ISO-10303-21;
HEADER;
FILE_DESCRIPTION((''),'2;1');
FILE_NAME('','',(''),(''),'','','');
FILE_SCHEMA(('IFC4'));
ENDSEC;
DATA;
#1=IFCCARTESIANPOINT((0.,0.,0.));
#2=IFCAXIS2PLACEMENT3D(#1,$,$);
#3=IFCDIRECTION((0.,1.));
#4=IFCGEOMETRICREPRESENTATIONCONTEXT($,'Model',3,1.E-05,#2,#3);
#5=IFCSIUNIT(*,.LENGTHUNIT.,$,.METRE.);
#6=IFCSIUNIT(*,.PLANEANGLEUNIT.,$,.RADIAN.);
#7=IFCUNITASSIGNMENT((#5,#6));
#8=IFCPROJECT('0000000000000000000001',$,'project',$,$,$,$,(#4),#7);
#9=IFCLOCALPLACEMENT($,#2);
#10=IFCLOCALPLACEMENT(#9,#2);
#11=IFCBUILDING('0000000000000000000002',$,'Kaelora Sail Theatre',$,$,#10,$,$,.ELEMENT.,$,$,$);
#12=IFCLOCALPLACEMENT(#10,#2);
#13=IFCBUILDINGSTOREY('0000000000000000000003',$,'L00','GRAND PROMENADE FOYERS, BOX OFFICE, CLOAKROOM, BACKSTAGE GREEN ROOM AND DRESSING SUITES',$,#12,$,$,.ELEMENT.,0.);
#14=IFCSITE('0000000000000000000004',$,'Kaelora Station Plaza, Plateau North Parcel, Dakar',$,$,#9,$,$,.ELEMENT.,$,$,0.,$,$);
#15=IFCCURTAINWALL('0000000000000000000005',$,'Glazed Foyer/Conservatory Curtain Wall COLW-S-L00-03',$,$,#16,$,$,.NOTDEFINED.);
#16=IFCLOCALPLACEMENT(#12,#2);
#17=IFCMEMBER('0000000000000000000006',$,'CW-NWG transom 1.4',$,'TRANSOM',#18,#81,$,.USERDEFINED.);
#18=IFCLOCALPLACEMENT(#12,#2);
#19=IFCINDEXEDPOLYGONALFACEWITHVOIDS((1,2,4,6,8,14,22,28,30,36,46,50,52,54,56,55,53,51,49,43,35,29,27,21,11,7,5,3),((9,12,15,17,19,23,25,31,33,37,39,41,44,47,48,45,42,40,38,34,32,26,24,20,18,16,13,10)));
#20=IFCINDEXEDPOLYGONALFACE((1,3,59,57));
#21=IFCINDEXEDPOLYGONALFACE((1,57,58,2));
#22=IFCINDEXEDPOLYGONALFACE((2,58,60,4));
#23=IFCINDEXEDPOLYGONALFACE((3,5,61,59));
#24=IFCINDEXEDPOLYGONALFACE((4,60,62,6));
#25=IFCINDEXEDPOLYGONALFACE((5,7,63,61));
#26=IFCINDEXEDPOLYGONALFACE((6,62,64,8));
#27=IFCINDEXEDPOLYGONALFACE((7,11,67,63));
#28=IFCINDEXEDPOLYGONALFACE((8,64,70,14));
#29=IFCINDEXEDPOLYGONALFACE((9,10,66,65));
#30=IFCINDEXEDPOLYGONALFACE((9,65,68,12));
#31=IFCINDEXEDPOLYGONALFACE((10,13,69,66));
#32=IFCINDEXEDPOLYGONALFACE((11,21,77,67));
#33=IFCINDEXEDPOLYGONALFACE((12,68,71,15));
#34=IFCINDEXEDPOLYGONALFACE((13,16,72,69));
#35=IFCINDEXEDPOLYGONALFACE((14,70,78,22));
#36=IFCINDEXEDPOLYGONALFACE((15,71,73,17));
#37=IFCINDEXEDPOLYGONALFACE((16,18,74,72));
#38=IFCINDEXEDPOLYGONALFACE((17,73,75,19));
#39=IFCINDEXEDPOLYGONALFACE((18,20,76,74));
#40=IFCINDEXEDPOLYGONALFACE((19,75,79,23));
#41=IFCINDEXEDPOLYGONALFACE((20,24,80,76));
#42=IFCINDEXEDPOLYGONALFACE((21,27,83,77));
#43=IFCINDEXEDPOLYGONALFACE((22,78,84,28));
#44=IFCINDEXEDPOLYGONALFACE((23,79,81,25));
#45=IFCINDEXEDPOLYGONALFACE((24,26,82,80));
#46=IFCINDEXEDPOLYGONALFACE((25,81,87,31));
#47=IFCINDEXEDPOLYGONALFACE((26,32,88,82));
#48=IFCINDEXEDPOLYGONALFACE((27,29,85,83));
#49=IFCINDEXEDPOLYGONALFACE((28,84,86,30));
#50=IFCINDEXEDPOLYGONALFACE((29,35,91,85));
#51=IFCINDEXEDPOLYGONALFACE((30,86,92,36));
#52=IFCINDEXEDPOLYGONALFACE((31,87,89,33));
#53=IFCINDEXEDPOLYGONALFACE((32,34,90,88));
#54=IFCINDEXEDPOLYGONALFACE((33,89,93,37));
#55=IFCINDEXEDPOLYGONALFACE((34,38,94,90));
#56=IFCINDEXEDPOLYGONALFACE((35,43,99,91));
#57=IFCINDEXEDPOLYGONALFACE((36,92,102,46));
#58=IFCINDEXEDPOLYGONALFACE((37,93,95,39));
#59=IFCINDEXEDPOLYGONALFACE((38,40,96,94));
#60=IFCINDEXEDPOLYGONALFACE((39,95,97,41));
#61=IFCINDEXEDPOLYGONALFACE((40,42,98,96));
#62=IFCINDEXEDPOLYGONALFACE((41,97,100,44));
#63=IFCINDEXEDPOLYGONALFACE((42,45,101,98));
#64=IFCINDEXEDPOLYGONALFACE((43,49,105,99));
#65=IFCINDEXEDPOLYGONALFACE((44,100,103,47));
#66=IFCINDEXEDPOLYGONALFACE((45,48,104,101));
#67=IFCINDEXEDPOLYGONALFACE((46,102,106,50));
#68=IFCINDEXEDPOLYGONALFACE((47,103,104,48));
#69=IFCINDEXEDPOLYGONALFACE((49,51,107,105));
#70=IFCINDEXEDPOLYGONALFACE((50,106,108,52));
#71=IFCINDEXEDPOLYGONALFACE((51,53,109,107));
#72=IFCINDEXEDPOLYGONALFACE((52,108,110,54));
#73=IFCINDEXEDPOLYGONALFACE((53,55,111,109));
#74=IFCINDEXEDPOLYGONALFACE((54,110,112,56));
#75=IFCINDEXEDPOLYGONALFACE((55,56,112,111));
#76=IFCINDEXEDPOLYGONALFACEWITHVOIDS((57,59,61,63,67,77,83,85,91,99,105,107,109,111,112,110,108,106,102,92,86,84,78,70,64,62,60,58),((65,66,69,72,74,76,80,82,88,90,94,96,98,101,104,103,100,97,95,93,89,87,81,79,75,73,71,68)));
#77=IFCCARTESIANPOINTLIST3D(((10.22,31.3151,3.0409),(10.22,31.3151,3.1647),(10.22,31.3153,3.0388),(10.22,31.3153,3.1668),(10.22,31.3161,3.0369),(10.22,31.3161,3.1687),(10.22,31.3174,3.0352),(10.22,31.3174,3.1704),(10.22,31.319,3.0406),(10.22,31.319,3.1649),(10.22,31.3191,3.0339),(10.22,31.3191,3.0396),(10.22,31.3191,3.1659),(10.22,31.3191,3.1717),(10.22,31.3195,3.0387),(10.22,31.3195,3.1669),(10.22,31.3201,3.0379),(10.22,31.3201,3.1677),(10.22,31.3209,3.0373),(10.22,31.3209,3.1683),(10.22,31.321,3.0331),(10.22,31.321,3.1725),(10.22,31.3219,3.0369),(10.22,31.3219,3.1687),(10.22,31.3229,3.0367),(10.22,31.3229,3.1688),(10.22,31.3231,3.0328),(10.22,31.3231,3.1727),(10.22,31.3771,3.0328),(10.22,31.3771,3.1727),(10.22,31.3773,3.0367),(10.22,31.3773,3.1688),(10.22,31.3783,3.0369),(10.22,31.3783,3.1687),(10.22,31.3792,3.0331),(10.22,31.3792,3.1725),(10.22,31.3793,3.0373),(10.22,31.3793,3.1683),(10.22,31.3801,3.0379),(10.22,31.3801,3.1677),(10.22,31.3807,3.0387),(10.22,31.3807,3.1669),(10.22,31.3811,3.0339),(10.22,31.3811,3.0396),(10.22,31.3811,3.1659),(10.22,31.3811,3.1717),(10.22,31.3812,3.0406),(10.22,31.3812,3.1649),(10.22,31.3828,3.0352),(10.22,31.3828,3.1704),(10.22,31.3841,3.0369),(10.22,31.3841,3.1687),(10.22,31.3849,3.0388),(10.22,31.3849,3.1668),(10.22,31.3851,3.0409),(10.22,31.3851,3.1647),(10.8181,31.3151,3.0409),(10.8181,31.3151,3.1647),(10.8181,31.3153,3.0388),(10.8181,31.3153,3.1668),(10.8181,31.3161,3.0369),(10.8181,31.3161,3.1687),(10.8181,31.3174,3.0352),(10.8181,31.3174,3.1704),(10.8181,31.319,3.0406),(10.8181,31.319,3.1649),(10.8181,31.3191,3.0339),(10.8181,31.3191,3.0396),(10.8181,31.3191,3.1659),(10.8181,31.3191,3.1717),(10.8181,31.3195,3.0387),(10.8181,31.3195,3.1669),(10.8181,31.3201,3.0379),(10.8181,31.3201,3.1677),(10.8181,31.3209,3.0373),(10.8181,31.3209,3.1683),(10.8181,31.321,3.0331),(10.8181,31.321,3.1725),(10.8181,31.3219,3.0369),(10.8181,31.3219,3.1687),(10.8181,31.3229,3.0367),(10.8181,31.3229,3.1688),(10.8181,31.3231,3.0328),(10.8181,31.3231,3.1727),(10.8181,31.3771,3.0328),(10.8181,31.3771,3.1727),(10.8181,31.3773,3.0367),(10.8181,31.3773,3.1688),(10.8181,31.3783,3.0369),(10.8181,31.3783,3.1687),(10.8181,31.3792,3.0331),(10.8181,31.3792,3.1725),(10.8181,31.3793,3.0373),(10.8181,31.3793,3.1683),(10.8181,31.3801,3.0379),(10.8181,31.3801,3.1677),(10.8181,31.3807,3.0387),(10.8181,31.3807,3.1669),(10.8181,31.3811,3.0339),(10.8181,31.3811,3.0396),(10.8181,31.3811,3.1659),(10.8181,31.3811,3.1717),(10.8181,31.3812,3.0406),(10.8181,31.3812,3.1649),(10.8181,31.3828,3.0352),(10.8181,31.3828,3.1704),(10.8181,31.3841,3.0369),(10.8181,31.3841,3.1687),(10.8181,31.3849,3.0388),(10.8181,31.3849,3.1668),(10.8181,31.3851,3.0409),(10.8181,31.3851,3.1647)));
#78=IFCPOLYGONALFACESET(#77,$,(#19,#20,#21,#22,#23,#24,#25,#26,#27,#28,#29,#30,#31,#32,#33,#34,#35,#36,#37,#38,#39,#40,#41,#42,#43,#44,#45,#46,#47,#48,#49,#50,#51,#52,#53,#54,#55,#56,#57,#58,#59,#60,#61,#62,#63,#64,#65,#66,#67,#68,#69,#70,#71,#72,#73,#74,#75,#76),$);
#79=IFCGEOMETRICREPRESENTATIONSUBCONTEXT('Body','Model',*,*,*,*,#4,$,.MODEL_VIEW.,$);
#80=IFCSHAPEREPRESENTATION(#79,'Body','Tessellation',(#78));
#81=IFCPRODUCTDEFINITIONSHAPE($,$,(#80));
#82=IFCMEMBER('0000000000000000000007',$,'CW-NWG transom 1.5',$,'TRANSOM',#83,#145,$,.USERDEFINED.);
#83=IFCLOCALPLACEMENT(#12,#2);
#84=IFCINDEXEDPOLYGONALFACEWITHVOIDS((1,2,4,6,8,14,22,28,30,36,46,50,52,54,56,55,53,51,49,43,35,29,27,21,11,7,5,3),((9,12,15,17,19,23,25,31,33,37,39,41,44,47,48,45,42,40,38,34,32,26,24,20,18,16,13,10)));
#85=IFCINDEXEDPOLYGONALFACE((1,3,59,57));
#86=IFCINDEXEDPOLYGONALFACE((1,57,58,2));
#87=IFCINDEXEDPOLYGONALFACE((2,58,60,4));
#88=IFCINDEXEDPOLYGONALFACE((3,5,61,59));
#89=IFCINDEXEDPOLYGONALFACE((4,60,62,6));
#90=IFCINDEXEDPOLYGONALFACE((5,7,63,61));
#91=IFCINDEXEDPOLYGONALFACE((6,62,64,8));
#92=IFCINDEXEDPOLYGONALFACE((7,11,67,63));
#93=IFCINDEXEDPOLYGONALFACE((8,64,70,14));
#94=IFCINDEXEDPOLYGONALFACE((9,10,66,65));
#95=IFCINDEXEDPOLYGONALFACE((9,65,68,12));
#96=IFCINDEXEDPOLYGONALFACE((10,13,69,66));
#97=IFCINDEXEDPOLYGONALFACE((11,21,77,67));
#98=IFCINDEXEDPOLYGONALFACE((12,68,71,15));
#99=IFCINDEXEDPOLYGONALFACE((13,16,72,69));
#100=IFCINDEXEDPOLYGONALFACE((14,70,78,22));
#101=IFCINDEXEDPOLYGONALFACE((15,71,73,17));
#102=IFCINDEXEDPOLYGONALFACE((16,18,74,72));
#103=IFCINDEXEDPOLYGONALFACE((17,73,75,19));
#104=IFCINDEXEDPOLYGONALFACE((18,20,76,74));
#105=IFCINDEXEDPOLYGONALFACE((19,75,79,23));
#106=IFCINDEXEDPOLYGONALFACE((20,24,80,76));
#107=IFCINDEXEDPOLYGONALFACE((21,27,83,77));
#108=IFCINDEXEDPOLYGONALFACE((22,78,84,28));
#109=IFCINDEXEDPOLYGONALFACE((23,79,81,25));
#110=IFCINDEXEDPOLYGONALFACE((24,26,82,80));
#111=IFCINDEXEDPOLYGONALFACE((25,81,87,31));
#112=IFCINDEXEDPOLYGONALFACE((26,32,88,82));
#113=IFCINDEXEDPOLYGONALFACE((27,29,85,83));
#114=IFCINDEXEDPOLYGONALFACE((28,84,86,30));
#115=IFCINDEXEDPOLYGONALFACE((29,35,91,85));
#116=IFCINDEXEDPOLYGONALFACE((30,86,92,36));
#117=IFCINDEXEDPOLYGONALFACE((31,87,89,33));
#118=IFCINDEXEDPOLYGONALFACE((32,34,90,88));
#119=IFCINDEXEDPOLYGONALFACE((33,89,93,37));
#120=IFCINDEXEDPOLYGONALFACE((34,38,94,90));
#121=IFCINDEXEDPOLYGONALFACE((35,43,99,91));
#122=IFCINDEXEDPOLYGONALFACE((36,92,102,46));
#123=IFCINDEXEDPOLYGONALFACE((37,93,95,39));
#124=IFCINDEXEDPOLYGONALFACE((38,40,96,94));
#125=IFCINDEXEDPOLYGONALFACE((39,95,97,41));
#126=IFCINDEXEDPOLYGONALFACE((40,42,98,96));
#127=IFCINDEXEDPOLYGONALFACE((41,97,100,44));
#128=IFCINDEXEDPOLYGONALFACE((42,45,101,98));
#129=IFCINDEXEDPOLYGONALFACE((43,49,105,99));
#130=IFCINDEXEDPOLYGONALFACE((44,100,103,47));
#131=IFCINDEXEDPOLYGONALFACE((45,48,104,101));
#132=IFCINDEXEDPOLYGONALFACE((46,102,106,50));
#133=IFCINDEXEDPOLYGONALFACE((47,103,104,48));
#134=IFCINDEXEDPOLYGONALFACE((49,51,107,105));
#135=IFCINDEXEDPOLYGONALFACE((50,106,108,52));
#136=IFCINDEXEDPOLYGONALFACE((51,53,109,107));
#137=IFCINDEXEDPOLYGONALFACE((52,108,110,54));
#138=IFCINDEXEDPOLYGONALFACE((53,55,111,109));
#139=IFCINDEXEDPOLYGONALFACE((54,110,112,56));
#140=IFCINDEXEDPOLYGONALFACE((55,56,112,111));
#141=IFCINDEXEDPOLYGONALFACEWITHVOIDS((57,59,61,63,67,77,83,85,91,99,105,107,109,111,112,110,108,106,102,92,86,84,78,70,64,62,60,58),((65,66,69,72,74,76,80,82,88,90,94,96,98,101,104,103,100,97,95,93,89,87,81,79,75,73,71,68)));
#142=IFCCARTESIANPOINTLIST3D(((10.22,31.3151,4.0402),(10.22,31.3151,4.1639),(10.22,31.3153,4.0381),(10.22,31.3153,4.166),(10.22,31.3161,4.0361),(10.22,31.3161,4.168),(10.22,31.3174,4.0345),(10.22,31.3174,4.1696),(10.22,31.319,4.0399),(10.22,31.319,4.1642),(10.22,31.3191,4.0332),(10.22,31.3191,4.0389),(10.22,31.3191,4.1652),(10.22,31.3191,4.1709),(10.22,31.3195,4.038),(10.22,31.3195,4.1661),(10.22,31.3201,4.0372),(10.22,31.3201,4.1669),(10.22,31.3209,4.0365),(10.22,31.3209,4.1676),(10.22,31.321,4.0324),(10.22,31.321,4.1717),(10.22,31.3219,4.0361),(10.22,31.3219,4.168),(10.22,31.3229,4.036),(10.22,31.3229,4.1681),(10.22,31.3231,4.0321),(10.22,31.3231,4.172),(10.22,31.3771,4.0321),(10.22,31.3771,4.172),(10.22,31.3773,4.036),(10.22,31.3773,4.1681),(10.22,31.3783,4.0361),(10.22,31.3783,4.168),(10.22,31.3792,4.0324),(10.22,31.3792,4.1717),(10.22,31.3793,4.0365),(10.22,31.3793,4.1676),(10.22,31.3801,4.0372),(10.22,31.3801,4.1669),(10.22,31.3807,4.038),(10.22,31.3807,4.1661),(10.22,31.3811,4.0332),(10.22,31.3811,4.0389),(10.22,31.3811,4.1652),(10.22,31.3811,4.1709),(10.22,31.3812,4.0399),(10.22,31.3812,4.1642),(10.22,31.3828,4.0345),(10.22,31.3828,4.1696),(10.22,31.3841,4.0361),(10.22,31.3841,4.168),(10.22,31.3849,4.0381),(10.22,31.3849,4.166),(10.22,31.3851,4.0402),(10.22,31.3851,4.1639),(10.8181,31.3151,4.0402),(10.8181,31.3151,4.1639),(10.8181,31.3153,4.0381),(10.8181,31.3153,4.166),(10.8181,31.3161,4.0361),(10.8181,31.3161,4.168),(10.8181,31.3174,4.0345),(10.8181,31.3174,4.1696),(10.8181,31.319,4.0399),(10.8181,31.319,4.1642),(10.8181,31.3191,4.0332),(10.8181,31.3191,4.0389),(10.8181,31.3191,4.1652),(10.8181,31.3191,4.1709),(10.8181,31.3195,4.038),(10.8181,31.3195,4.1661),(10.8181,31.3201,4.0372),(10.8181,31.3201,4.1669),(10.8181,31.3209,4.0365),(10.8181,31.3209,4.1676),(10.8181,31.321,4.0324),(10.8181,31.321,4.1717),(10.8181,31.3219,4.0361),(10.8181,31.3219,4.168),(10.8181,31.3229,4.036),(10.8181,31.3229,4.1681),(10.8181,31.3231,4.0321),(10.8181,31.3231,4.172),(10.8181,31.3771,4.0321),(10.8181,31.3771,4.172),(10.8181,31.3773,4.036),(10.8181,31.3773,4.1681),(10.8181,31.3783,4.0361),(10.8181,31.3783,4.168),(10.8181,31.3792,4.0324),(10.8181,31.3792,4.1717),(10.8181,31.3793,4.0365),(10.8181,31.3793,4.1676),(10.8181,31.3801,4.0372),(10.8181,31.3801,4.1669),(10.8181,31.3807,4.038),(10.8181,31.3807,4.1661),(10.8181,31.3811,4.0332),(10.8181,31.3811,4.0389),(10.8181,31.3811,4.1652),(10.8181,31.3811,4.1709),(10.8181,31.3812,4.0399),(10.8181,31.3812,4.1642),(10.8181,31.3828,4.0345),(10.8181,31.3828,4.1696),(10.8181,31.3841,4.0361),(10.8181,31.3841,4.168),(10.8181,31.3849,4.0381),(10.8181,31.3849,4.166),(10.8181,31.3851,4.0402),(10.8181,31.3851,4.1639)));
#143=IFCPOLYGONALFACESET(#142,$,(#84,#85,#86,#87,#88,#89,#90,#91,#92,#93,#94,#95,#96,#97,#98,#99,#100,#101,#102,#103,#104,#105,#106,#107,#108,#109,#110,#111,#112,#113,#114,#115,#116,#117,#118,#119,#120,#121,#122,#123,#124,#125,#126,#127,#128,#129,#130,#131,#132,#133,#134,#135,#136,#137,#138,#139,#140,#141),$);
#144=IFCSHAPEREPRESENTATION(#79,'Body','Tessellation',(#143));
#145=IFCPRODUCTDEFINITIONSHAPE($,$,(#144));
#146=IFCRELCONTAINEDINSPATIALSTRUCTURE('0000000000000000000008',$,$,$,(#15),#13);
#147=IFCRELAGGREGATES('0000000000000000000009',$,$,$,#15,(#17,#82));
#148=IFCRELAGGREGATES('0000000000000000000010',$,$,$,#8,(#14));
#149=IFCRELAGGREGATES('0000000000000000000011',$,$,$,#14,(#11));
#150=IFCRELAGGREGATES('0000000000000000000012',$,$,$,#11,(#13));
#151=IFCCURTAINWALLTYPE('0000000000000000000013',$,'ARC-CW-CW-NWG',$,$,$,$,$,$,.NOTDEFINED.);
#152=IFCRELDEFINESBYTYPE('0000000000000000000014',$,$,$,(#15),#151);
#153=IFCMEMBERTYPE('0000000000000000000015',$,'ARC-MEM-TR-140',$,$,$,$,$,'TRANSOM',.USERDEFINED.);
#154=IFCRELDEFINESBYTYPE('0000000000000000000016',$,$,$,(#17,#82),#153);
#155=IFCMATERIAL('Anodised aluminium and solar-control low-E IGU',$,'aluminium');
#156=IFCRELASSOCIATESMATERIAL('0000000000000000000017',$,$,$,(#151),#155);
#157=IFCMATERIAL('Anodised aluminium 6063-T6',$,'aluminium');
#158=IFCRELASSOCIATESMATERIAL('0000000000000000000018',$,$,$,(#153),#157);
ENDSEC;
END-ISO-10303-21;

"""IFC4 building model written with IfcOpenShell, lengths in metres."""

from ifc_helpers import new_model, si_unit, direction, frame, origin, origin_2d, place, context, subcontext, project, spatial, hollow_rectangle, extrude, material, material_profile, profile_set, type_object, element, aggregate, save


model = new_model("IFC4")

# Units and contexts
model_context = context("Model", 3, precision=1e-05, world=origin(), true_north=direction((0.0, 1.0)))
body_context = subcontext(model_context, "Body", "Model", "MODEL_VIEW")
ifc_project = project(units=[si_unit("LENGTHUNIT", "METRE"), si_unit("PLANEANGLEUNIT", "RADIAN")], contexts=[model_context])

# Site, building, storey
site_placement = place(None, origin())
site = spatial("IfcSite", under=ifc_project, at=site_placement, Name="Kaelora Station Plaza, Plateau North Parcel, Dakar", CompositionType="ELEMENT", RefElevation=0.0)
building_placement = place(site_placement, origin())
building = spatial("IfcBuilding", under=site, at=building_placement, Name="Kaelora Sail Theatre", CompositionType="ELEMENT")
storey_placement = place(building_placement, origin())
storey = spatial("IfcBuildingStorey", under=building, at=storey_placement, Name="L00", Description="GRAND PROMENADE FOYERS, BOX OFFICE, CLOAKROOM, BACKSTAGE GREEN ROOM AND DRESSING SUITES", CompositionType="ELEMENT", Elevation=0.0)

# Curtain wall, members
ifc_material_1 = material(Name="Anodised aluminium and solar-control low-E IGU", Category="aluminium")
curtain_wall_type = type_object("IfcCurtainWallType", Name="ARC-CW-CW-NWG", PredefinedType="NOTDEFINED", material=ifc_material_1)
ifc_material_2 = material(Name="Anodised aluminium 6063-T6", Category="aluminium")
ifc_material_profile = material_profile(ifc_material_2, hollow_rectangle(XDim=0.0701, YDim=0.1399, WallThickness=0.0039, InnerFilletRadius=0.0039, OuterFilletRadius=0.0081, at=origin_2d()), Name="ALU-TRAN 70x140x4")
ifc_profile_set = profile_set([ifc_material_profile], Name="Anodised aluminium 6063-T6")
member_type = type_object("IfcMemberType", Name="ARC-MEM-TR-140", ElementType="TRANSOM", PredefinedType="USERDEFINED", material=ifc_profile_set)
curtain_wall_1_placement = place(storey_placement, origin())
curtain_wall_1 = element("IfcCurtainWall", 1, at=curtain_wall_1_placement, inside=storey, type_object=curtain_wall_type, Name="Glazed Foyer/Conservatory Curtain Wall COLW-S-L00-03", PredefinedType="NOTDEFINED")
member_1_placement = place(storey_placement, frame((10.22, 31.3501, 3.1028), z_axis=(1.0, 0.0, 0.0), x_axis=(0.0, 1.0, 0.0)))
member_1 = element("IfcMember", 2, at=member_1_placement, type_object=member_type, Name="CW-NWG transom 1.4", ObjectType="TRANSOM", PredefinedType="USERDEFINED", context=body_context, shape_type="SweptSolid", body=[
    extrude(hollow_rectangle(XDim=0.0701, YDim=0.1399, WallThickness=0.0039, InnerFilletRadius=0.0039, OuterFilletRadius=0.0081, at=origin_2d()), origin(), (0.0, 0.0, 1.0), 0.5981),
])
member_2_placement = place(storey_placement, frame((10.22, 31.3501, 4.1021), z_axis=(1.0, 0.0, 0.0), x_axis=(0.0, 1.0, 0.0)))
member_2 = element("IfcMember", 3, at=member_2_placement, type_object=member_type, Name="CW-NWG transom 1.5", ObjectType="TRANSOM", PredefinedType="USERDEFINED", context=body_context, shape_type="SweptSolid", body=[
    extrude(hollow_rectangle(XDim=0.0701, YDim=0.1399, WallThickness=0.0039, InnerFilletRadius=0.0039, OuterFilletRadius=0.0081, at=origin_2d()), origin(), (0.0, 0.0, 1.0), 0.5981),
])

aggregate(curtain_wall_1, [member_1, member_2])

save(model, "model.ifc")
